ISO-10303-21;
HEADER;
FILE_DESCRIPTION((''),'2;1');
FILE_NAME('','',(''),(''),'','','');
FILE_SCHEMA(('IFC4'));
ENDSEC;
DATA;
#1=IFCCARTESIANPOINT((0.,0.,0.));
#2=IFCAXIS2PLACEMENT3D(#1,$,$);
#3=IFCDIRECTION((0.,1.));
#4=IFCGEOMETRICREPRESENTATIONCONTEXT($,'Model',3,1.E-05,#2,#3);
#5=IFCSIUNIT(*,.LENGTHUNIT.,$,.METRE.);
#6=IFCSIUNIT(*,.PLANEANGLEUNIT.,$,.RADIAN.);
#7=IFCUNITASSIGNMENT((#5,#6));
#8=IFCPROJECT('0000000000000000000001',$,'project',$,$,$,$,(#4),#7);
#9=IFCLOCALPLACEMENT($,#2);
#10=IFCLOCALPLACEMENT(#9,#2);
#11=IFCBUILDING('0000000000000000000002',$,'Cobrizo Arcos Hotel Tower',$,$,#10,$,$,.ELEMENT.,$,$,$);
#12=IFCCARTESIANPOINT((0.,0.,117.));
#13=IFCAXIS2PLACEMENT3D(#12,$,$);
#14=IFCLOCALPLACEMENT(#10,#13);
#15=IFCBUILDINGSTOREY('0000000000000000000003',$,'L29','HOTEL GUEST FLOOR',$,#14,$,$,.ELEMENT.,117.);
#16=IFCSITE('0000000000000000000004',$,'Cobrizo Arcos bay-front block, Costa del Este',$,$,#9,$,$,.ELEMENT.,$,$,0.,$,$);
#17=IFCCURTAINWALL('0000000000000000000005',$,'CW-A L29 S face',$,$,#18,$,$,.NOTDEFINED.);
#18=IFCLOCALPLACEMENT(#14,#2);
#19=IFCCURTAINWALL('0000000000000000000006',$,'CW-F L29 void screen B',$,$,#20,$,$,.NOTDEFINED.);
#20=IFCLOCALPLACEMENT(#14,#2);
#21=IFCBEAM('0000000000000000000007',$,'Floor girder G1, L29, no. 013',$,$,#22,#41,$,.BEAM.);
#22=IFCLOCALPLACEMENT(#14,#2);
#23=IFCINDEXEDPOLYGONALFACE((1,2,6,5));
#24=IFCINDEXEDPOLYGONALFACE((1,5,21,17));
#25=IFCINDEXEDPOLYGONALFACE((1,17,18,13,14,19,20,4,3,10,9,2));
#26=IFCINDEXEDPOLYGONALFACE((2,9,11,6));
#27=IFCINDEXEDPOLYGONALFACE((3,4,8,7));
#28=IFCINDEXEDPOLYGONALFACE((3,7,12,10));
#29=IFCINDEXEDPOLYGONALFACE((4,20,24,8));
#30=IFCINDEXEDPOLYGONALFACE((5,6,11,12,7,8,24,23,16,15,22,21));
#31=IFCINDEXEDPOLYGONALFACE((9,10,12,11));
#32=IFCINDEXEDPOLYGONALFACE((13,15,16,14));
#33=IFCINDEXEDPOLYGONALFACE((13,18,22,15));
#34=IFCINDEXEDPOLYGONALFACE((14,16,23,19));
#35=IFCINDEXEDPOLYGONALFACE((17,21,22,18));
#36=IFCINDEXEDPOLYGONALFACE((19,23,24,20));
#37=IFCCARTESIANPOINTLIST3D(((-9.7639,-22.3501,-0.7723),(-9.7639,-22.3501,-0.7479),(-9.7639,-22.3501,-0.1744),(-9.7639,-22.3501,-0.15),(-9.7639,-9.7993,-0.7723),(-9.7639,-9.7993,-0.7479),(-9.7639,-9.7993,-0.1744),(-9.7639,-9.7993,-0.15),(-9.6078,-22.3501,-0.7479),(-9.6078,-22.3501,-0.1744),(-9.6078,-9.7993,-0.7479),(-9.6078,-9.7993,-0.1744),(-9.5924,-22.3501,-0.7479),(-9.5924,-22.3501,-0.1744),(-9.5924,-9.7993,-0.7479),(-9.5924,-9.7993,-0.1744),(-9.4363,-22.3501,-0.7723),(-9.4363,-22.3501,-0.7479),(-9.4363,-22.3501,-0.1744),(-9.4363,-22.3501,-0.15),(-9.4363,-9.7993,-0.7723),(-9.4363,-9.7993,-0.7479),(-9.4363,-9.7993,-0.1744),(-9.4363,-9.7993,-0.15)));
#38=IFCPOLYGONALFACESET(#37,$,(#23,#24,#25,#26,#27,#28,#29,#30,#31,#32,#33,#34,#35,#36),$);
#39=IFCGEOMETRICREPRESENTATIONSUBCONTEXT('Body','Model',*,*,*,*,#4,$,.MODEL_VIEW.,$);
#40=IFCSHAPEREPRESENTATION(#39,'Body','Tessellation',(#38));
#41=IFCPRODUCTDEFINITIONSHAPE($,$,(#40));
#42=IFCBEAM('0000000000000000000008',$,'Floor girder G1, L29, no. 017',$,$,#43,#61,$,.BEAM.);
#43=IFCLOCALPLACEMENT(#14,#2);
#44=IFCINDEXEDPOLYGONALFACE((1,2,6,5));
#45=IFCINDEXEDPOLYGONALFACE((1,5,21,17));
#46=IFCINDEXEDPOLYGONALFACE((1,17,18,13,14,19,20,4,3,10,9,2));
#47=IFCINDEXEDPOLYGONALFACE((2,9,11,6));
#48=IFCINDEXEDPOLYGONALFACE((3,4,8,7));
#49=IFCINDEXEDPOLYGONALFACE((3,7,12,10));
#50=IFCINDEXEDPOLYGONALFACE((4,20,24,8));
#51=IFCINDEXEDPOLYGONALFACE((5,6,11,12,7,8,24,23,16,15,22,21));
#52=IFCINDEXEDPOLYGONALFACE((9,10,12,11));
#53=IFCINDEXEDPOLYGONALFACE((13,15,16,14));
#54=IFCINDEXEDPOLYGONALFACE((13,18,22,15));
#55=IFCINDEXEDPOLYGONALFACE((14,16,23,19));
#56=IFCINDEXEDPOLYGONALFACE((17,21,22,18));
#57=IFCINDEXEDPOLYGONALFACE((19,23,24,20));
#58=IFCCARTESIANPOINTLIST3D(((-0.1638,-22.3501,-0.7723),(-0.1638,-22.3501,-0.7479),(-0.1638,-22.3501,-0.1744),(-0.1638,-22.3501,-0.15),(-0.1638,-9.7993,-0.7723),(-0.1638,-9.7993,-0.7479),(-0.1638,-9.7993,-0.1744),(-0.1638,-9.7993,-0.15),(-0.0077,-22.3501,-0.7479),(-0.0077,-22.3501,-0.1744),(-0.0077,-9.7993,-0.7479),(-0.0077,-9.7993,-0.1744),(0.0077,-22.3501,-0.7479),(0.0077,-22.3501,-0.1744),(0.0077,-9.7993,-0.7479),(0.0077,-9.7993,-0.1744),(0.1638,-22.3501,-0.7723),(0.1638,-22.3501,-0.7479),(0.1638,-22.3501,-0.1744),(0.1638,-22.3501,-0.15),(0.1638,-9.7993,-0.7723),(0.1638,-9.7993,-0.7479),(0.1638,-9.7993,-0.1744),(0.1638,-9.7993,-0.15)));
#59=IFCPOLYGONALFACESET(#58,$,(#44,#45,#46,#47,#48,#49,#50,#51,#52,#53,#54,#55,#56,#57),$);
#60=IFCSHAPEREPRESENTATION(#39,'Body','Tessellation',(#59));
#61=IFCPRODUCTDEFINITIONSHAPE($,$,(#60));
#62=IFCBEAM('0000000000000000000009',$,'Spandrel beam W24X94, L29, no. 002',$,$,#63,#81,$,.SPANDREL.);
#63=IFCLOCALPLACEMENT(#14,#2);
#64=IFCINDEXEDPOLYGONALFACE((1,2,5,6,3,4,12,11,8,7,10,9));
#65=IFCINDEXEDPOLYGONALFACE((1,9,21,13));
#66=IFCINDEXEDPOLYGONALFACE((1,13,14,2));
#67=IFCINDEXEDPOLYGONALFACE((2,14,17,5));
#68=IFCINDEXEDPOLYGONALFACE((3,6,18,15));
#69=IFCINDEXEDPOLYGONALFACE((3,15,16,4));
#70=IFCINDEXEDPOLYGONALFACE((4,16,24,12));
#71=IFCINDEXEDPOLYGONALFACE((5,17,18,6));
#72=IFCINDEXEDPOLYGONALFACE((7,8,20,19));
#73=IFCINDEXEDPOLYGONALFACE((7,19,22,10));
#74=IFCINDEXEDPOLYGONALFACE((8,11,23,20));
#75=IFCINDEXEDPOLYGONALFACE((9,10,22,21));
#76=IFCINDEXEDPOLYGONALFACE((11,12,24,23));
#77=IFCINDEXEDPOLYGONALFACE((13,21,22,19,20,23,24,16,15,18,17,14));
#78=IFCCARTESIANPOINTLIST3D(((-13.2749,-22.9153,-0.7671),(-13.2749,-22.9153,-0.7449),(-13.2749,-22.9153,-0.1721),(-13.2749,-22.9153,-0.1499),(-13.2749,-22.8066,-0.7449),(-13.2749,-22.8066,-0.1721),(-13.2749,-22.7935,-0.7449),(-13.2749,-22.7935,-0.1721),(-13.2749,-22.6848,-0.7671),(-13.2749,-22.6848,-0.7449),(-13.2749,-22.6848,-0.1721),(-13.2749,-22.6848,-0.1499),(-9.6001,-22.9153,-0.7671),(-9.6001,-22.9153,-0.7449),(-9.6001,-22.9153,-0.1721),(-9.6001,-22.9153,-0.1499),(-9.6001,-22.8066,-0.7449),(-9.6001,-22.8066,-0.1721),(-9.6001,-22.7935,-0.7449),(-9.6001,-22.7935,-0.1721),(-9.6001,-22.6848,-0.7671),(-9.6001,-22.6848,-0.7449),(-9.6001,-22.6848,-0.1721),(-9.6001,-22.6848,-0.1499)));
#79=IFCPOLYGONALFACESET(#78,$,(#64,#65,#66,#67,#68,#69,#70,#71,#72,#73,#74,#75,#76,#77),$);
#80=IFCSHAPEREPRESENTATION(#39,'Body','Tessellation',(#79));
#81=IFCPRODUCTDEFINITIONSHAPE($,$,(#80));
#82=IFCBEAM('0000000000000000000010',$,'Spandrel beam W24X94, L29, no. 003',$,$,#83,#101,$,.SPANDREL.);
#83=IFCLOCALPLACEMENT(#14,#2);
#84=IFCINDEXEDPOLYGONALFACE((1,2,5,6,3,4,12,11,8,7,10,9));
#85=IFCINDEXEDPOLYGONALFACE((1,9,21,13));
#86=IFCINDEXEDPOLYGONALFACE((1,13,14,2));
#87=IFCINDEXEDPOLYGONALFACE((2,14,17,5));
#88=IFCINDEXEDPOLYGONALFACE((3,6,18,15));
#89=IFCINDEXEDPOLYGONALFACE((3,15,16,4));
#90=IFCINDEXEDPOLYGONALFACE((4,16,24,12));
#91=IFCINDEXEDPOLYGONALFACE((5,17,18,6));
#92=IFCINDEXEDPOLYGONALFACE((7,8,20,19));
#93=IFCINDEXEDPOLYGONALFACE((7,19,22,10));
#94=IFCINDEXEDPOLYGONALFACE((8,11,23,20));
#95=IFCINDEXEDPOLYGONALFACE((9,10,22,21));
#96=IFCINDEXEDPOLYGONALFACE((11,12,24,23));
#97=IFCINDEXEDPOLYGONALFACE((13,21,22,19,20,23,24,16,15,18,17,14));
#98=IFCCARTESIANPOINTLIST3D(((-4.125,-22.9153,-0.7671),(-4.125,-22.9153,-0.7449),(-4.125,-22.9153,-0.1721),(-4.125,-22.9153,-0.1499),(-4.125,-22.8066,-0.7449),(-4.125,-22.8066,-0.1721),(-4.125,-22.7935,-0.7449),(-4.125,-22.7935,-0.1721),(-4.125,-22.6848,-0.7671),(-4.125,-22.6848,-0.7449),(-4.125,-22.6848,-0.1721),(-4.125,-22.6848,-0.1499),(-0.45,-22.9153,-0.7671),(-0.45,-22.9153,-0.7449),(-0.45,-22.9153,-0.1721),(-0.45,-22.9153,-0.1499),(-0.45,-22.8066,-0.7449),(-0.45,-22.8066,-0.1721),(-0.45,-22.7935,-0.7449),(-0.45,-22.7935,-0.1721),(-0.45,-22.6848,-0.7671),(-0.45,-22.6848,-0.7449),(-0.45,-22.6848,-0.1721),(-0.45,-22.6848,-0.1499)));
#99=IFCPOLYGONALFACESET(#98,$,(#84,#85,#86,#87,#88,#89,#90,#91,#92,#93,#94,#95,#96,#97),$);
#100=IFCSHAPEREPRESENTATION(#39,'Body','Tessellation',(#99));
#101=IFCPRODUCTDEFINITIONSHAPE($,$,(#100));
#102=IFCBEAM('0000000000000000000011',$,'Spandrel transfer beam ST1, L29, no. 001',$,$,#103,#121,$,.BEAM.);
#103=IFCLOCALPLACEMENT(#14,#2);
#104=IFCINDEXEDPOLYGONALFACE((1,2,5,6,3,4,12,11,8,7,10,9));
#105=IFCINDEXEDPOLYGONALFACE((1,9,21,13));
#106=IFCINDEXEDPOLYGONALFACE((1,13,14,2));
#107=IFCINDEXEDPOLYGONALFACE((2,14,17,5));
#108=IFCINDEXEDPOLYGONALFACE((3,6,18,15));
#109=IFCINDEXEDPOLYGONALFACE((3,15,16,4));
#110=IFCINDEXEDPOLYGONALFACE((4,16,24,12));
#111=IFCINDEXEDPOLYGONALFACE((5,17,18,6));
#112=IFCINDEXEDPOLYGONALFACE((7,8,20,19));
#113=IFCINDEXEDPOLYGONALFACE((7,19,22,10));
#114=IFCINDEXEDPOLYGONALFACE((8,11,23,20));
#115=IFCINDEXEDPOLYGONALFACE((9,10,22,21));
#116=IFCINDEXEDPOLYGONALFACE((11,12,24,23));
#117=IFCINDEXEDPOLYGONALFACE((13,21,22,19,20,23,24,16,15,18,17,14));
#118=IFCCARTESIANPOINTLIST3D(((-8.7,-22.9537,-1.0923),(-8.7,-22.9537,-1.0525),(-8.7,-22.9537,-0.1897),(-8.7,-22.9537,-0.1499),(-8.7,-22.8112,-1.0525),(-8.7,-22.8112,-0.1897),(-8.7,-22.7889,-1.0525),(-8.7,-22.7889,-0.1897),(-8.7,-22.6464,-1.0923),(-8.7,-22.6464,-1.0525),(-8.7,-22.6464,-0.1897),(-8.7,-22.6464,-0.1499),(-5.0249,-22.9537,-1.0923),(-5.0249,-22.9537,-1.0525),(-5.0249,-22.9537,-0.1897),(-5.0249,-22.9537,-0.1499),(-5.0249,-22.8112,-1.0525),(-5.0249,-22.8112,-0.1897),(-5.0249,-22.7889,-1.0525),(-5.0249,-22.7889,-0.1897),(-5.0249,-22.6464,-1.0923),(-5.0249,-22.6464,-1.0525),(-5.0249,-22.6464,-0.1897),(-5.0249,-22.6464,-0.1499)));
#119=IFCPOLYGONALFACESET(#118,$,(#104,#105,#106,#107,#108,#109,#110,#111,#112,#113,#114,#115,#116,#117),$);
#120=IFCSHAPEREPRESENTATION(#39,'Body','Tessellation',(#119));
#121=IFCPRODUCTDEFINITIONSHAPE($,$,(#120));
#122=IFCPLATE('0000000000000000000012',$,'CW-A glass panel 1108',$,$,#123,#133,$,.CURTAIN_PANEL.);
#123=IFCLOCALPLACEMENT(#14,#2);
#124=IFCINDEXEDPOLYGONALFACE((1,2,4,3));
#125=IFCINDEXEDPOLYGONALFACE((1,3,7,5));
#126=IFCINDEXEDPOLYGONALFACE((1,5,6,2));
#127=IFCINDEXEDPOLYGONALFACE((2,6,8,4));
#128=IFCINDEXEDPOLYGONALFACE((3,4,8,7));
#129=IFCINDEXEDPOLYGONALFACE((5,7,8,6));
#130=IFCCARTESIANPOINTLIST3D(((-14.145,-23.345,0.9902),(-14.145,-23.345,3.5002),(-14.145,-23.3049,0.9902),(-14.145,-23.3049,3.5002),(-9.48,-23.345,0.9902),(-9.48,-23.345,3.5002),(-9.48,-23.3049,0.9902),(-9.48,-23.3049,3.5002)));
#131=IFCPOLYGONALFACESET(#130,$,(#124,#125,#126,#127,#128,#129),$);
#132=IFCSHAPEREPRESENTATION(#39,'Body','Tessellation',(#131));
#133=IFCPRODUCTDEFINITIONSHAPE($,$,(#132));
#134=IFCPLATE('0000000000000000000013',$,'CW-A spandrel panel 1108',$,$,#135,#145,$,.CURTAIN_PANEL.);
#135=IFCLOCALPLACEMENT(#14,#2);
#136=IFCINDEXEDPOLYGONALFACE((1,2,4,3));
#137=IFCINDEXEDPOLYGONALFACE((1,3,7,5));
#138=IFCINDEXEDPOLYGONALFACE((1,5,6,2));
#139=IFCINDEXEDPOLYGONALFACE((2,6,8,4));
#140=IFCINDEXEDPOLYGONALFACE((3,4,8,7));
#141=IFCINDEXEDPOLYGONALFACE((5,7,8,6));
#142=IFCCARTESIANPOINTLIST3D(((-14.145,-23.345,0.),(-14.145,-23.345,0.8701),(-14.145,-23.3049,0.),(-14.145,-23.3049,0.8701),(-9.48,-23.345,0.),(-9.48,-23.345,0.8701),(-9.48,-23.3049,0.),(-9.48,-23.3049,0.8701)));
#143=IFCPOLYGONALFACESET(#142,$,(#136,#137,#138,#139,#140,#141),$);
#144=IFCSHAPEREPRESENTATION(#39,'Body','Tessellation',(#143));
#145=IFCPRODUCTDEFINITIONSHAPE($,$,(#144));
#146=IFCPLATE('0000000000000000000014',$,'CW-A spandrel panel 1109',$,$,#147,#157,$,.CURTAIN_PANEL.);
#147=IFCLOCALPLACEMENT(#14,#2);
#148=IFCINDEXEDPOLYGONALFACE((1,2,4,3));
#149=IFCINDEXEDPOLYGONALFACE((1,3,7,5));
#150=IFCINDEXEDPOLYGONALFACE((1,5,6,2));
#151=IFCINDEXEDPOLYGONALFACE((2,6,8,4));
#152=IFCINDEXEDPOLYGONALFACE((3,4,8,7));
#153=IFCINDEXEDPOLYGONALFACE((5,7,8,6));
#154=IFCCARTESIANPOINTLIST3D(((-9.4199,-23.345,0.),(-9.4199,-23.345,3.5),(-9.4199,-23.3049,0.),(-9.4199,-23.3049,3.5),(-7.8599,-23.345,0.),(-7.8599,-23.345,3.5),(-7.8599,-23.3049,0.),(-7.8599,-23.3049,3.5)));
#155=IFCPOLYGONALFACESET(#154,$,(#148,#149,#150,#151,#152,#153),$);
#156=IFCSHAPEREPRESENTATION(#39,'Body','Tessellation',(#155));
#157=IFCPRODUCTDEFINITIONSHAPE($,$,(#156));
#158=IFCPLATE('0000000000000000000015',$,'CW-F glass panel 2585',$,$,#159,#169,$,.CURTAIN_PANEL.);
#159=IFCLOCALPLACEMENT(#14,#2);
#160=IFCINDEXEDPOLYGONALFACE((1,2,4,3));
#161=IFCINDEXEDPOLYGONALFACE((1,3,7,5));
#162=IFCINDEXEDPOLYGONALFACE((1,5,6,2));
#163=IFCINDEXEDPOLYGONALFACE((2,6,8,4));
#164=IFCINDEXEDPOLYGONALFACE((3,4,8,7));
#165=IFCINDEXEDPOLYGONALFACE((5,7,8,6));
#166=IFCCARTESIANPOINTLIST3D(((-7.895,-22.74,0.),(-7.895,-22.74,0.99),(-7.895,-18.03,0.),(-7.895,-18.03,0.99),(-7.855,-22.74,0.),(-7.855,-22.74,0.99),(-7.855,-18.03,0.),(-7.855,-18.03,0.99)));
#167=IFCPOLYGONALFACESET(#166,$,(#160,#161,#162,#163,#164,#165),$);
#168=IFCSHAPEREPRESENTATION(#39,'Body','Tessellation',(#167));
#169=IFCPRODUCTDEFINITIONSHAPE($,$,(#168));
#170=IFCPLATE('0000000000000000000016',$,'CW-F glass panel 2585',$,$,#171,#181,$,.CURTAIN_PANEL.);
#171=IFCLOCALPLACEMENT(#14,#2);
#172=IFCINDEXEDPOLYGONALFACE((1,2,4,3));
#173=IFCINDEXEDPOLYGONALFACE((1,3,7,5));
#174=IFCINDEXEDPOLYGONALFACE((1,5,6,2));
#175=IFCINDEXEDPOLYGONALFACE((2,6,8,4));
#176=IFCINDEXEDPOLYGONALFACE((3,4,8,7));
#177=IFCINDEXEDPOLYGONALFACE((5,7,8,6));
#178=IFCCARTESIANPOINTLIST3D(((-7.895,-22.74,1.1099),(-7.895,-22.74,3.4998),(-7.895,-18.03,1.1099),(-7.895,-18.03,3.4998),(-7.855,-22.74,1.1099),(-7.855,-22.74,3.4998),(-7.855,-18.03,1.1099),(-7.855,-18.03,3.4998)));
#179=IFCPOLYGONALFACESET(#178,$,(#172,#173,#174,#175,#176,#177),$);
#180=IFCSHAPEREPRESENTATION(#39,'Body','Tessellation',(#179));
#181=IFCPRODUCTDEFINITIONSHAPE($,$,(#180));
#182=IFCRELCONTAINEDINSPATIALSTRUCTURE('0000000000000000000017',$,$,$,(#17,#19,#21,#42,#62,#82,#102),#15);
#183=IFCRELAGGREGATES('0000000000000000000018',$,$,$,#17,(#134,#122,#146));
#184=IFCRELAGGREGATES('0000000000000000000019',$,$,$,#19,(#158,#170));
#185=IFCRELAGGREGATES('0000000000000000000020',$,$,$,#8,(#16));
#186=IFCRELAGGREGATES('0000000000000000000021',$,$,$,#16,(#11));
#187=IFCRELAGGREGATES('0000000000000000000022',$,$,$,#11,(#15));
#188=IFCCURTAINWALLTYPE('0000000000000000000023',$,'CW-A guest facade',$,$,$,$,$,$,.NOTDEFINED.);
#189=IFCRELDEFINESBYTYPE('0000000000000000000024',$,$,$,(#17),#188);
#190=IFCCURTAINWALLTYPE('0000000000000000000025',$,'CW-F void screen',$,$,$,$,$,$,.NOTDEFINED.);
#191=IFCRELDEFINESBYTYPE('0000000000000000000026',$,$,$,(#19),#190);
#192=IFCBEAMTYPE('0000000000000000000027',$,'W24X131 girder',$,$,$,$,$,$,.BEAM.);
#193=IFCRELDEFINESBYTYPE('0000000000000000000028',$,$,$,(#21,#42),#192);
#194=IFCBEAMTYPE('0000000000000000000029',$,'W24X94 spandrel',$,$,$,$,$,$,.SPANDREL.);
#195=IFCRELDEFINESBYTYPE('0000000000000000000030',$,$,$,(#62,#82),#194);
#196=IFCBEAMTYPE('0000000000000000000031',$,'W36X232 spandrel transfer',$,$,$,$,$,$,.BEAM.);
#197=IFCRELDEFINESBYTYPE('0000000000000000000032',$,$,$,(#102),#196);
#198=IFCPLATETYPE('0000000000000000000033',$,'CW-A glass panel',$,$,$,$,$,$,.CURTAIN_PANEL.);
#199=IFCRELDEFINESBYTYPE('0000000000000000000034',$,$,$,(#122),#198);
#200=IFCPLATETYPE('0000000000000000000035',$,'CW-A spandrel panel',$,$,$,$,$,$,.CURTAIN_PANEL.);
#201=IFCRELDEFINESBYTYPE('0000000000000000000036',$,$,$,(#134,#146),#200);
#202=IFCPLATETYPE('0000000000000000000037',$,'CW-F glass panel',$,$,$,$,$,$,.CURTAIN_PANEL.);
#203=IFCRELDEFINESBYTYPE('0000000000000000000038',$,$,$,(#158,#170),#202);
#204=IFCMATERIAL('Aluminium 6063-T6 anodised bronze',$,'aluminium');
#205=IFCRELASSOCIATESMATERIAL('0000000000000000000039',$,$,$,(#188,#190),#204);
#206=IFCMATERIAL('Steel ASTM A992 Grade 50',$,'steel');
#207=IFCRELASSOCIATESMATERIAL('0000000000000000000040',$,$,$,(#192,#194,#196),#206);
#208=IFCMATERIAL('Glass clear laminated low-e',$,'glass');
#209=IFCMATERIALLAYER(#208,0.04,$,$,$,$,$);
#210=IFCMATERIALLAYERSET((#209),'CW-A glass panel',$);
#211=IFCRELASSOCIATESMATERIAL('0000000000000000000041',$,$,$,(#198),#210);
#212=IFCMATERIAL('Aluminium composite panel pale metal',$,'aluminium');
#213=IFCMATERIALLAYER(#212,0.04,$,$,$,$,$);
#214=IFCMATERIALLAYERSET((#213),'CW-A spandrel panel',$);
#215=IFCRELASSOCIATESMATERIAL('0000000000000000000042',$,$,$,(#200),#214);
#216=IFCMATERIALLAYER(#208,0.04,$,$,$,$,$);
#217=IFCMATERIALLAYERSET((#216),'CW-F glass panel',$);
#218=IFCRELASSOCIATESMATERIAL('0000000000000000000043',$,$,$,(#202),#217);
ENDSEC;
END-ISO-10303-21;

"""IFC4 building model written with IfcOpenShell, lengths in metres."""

from ifc_helpers import new_model, si_unit, direction, frame, origin, origin_2d, place, context, subcontext, project, spatial, rectangle, i_section, extrude, material, layer, layer_set, material_profile, profile_set, type_object, element, aggregate, save


model = new_model("IFC4")

# Units and contexts
model_context = context("Model", 3, precision=1e-05, world=origin(), true_north=direction((0.0, 1.0)))
body_context = subcontext(model_context, "Body", "Model", "MODEL_VIEW")
ifc_project = project(units=[si_unit("LENGTHUNIT", "METRE"), si_unit("PLANEANGLEUNIT", "RADIAN")], contexts=[model_context])

# Site, building, storey
site_placement = place(None, origin())
site = spatial("IfcSite", under=ifc_project, at=site_placement, Name="Cobrizo Arcos bay-front block, Costa del Este", CompositionType="ELEMENT", RefElevation=0.0)
building_placement = place(site_placement, origin())
building = spatial("IfcBuilding", under=site, at=building_placement, Name="Cobrizo Arcos Hotel Tower", CompositionType="ELEMENT")
storey_placement = place(building_placement, frame((0.0, 0.0, 117.0)))
storey = spatial("IfcBuildingStorey", under=building, at=storey_placement, Name="L29", Description="HOTEL GUEST FLOOR", CompositionType="ELEMENT", Elevation=117.0)

# Curtain walls
ifc_material_1 = material(Name="Aluminium 6063-T6 anodised bronze", Category="aluminium")
curtain_wall_type_1 = type_object("IfcCurtainWallType", Name="CW-A guest facade", PredefinedType="NOTDEFINED", material=ifc_material_1)
curtain_wall_1_placement = place(storey_placement, origin())
curtain_wall_1 = element("IfcCurtainWall", 1, at=curtain_wall_1_placement, inside=storey, type_object=curtain_wall_type_1, Name="CW-A L29 S face", PredefinedType="NOTDEFINED")
curtain_wall_type_2 = type_object("IfcCurtainWallType", Name="CW-F void screen", PredefinedType="NOTDEFINED", material=ifc_material_1)
curtain_wall_2_placement = place(storey_placement, origin())
curtain_wall_2 = element("IfcCurtainWall", 2, at=curtain_wall_2_placement, inside=storey, type_object=curtain_wall_type_2, Name="CW-F L29 void screen B", PredefinedType="NOTDEFINED")

# Beams
ifc_material_2 = material(Name="Steel ASTM A992 Grade 50", Category="steel")
ifc_material_profile_1 = material_profile(ifc_material_2, i_section(OverallWidth=0.3276, OverallDepth=0.6223, WebThickness=0.0154, FlangeThickness=0.0244, at=origin_2d()), Name="W24X131")
ifc_profile_set_1 = profile_set([ifc_material_profile_1], Name="Steel ASTM A992 Grade 50")
beam_type_1 = type_object("IfcBeamType", Name="W24X131 girder", PredefinedType="BEAM", material=ifc_profile_set_1)
for number, where, z_axis, x_axis, name in (
    (3, (-9.6001, -22.3501, -0.4612), (0.0, 1.0, 0.0), (-1.0, 0.0, 0.0), "Floor girder G1, L29, no. 013"),
    (4, (0.0, -22.3501, -0.4612), (0.0, 1.0, 0.0), (-1.0, 0.0, 0.0), "Floor girder G1, L29, no. 017"),
):
    element("IfcBeam", number, at=place(storey_placement, frame(where, z_axis=z_axis, x_axis=x_axis)), inside=storey, type_object=beam_type_1, Name=name, PredefinedType="BEAM", context=body_context, shape_type="SweptSolid", body=[
        extrude(i_section(OverallWidth=0.3276, OverallDepth=0.6223, WebThickness=0.0154, FlangeThickness=0.0244, at=origin_2d()), origin(), (0.0, 0.0, 1.0), 12.5508),
    ])
ifc_material_profile_2 = material_profile(ifc_material_2, i_section(OverallWidth=0.2305, OverallDepth=0.6172, WebThickness=0.0132, FlangeThickness=0.0222, at=origin_2d()), Name="W24X94")
ifc_profile_set_2 = profile_set([ifc_material_profile_2], Name="Steel ASTM A992 Grade 50")
beam_type_2 = type_object("IfcBeamType", Name="W24X94 spandrel", PredefinedType="SPANDREL", material=ifc_profile_set_2)
beam_1_placement = place(storey_placement, frame((-13.2749, -22.8, -0.4585), z_axis=(1.0, 0.0, 0.0), x_axis=(0.0, 1.0, 0.0)))
element("IfcBeam", 5, at=beam_1_placement, inside=storey, type_object=beam_type_2, Name="Spandrel beam W24X94, L29, no. 002", PredefinedType="SPANDREL", context=body_context, shape_type="SweptSolid", body=[
    extrude(i_section(OverallWidth=0.2305, OverallDepth=0.6172, WebThickness=0.0132, FlangeThickness=0.0222, at=origin_2d()), origin(), (0.0, 0.0, 1.0), 3.6748),
])
beam_2_placement = place(storey_placement, frame((-4.125, -22.8, -0.4585), z_axis=(1.0, 0.0, 0.0), x_axis=(0.0, 1.0, 0.0)))
element("IfcBeam", 6, at=beam_2_placement, inside=storey, type_object=beam_type_2, Name="Spandrel beam W24X94, L29, no. 003", PredefinedType="SPANDREL", context=body_context, shape_type="SweptSolid", body=[
    extrude(i_section(OverallWidth=0.2305, OverallDepth=0.6172, WebThickness=0.0132, FlangeThickness=0.0222, at=origin_2d()), origin(), (0.0, 0.0, 1.0), 3.675),
])
ifc_material_profile_3 = material_profile(ifc_material_2, i_section(OverallWidth=0.3074, OverallDepth=0.9424, WebThickness=0.0222, FlangeThickness=0.0398, at=origin_2d()), Name="W36X232")
ifc_profile_set_3 = profile_set([ifc_material_profile_3], Name="Steel ASTM A992 Grade 50")
beam_type_3 = type_object("IfcBeamType", Name="W36X232 spandrel transfer", PredefinedType="BEAM", material=ifc_profile_set_3)
beam_3_placement = place(storey_placement, frame((-8.7, -22.8, -0.6211), z_axis=(1.0, 0.0, 0.0), x_axis=(0.0, 1.0, 0.0)))
element("IfcBeam", 7, at=beam_3_placement, inside=storey, type_object=beam_type_3, Name="Spandrel transfer beam ST1, L29, no. 001", PredefinedType="BEAM", context=body_context, shape_type="SweptSolid", body=[
    extrude(i_section(OverallWidth=0.3074, OverallDepth=0.9424, WebThickness=0.0222, FlangeThickness=0.0398, at=origin_2d()), origin(), (0.0, 0.0, 1.0), 3.675),
])

# Plates
ifc_material_3 = material(Name="Glass clear laminated low-e", Category="glass")
ifc_layer_1 = layer(ifc_material_3, 0.04)
ifc_layer_set_1 = layer_set([ifc_layer_1], Name="CW-A glass panel")
plate_type_1 = type_object("IfcPlateType", Name="CW-A glass panel", PredefinedType="CURTAIN_PANEL", material=ifc_layer_set_1)
plate_1_placement = place(storey_placement, frame((-11.8125, -23.325, 0.9902), z_axis=(0.0, 0.0, 1.0), x_axis=(1.0, 0.0, 0.0)))
plate_1 = element("IfcPlate", 8, at=plate_1_placement, type_object=plate_type_1, Name="CW-A glass panel 1108", PredefinedType="CURTAIN_PANEL", context=body_context, shape_type="SweptSolid", body=[
    extrude(rectangle(XDim=4.665, YDim=0.04, at=origin_2d()), origin(), (0.0, 0.0, 1.0), 2.51),
])
ifc_material_4 = material(Name="Aluminium composite panel pale metal", Category="aluminium")
ifc_layer_2 = layer(ifc_material_4, 0.04)
ifc_layer_set_2 = layer_set([ifc_layer_2], Name="CW-A spandrel panel")
plate_type_2 = type_object("IfcPlateType", Name="CW-A spandrel panel", PredefinedType="CURTAIN_PANEL", material=ifc_layer_set_2)
plate_2_placement = place(storey_placement, frame((-11.8125, -23.325, 0.0), z_axis=(0.0, 0.0, 1.0), x_axis=(1.0, 0.0, 0.0)))
plate_2 = element("IfcPlate", 9, at=plate_2_placement, type_object=plate_type_2, Name="CW-A spandrel panel 1108", PredefinedType="CURTAIN_PANEL", context=body_context, shape_type="SweptSolid", body=[
    extrude(rectangle(XDim=4.665, YDim=0.04, at=origin_2d()), origin(), (0.0, 0.0, 1.0), 0.8701),
])
plate_3_placement = place(storey_placement, frame((-8.6399, -23.325, 0.0), z_axis=(0.0, 0.0, 1.0), x_axis=(1.0, 0.0, 0.0)))
plate_3 = element("IfcPlate", 10, at=plate_3_placement, type_object=plate_type_2, Name="CW-A spandrel panel 1109", PredefinedType="CURTAIN_PANEL", context=body_context, shape_type="SweptSolid", body=[
    extrude(rectangle(XDim=1.5601, YDim=0.04, at=origin_2d()), origin(), (0.0, 0.0, 1.0), 3.5),
])
aggregate(curtain_wall_1, [plate_2, plate_1, plate_3])
ifc_layer_3 = layer(ifc_material_3, 0.04)
ifc_layer_set_3 = layer_set([ifc_layer_3], Name="CW-F glass panel")
plate_type_3 = type_object("IfcPlateType", Name="CW-F glass panel", PredefinedType="CURTAIN_PANEL", material=ifc_layer_set_3)
plate_4_placement = place(storey_placement, frame((-7.875, -20.385, 0.0), z_axis=(0.0, 0.0, 1.0), x_axis=(0.0, -1.0, 0.0)))
plate_4 = element("IfcPlate", 11, at=plate_4_placement, type_object=plate_type_3, Name="CW-F glass panel 2585", PredefinedType="CURTAIN_PANEL", context=body_context, shape_type="SweptSolid", body=[
    extrude(rectangle(XDim=4.71, YDim=0.04, at=origin_2d()), origin(), (0.0, 0.0, 1.0), 0.99),
])
plate_5_placement = place(storey_placement, frame((-7.875, -20.385, 1.1099), z_axis=(0.0, 0.0, 1.0), x_axis=(0.0, -1.0, 0.0)))
plate_5 = element("IfcPlate", 12, at=plate_5_placement, type_object=plate_type_3, Name="CW-F glass panel 2585", PredefinedType="CURTAIN_PANEL", context=body_context, shape_type="SweptSolid", body=[
    extrude(rectangle(XDim=4.71, YDim=0.04, at=origin_2d()), origin(), (0.0, 0.0, 1.0), 2.3899),
])
aggregate(curtain_wall_2, [plate_4, plate_5])

save(model, "model.ifc")
